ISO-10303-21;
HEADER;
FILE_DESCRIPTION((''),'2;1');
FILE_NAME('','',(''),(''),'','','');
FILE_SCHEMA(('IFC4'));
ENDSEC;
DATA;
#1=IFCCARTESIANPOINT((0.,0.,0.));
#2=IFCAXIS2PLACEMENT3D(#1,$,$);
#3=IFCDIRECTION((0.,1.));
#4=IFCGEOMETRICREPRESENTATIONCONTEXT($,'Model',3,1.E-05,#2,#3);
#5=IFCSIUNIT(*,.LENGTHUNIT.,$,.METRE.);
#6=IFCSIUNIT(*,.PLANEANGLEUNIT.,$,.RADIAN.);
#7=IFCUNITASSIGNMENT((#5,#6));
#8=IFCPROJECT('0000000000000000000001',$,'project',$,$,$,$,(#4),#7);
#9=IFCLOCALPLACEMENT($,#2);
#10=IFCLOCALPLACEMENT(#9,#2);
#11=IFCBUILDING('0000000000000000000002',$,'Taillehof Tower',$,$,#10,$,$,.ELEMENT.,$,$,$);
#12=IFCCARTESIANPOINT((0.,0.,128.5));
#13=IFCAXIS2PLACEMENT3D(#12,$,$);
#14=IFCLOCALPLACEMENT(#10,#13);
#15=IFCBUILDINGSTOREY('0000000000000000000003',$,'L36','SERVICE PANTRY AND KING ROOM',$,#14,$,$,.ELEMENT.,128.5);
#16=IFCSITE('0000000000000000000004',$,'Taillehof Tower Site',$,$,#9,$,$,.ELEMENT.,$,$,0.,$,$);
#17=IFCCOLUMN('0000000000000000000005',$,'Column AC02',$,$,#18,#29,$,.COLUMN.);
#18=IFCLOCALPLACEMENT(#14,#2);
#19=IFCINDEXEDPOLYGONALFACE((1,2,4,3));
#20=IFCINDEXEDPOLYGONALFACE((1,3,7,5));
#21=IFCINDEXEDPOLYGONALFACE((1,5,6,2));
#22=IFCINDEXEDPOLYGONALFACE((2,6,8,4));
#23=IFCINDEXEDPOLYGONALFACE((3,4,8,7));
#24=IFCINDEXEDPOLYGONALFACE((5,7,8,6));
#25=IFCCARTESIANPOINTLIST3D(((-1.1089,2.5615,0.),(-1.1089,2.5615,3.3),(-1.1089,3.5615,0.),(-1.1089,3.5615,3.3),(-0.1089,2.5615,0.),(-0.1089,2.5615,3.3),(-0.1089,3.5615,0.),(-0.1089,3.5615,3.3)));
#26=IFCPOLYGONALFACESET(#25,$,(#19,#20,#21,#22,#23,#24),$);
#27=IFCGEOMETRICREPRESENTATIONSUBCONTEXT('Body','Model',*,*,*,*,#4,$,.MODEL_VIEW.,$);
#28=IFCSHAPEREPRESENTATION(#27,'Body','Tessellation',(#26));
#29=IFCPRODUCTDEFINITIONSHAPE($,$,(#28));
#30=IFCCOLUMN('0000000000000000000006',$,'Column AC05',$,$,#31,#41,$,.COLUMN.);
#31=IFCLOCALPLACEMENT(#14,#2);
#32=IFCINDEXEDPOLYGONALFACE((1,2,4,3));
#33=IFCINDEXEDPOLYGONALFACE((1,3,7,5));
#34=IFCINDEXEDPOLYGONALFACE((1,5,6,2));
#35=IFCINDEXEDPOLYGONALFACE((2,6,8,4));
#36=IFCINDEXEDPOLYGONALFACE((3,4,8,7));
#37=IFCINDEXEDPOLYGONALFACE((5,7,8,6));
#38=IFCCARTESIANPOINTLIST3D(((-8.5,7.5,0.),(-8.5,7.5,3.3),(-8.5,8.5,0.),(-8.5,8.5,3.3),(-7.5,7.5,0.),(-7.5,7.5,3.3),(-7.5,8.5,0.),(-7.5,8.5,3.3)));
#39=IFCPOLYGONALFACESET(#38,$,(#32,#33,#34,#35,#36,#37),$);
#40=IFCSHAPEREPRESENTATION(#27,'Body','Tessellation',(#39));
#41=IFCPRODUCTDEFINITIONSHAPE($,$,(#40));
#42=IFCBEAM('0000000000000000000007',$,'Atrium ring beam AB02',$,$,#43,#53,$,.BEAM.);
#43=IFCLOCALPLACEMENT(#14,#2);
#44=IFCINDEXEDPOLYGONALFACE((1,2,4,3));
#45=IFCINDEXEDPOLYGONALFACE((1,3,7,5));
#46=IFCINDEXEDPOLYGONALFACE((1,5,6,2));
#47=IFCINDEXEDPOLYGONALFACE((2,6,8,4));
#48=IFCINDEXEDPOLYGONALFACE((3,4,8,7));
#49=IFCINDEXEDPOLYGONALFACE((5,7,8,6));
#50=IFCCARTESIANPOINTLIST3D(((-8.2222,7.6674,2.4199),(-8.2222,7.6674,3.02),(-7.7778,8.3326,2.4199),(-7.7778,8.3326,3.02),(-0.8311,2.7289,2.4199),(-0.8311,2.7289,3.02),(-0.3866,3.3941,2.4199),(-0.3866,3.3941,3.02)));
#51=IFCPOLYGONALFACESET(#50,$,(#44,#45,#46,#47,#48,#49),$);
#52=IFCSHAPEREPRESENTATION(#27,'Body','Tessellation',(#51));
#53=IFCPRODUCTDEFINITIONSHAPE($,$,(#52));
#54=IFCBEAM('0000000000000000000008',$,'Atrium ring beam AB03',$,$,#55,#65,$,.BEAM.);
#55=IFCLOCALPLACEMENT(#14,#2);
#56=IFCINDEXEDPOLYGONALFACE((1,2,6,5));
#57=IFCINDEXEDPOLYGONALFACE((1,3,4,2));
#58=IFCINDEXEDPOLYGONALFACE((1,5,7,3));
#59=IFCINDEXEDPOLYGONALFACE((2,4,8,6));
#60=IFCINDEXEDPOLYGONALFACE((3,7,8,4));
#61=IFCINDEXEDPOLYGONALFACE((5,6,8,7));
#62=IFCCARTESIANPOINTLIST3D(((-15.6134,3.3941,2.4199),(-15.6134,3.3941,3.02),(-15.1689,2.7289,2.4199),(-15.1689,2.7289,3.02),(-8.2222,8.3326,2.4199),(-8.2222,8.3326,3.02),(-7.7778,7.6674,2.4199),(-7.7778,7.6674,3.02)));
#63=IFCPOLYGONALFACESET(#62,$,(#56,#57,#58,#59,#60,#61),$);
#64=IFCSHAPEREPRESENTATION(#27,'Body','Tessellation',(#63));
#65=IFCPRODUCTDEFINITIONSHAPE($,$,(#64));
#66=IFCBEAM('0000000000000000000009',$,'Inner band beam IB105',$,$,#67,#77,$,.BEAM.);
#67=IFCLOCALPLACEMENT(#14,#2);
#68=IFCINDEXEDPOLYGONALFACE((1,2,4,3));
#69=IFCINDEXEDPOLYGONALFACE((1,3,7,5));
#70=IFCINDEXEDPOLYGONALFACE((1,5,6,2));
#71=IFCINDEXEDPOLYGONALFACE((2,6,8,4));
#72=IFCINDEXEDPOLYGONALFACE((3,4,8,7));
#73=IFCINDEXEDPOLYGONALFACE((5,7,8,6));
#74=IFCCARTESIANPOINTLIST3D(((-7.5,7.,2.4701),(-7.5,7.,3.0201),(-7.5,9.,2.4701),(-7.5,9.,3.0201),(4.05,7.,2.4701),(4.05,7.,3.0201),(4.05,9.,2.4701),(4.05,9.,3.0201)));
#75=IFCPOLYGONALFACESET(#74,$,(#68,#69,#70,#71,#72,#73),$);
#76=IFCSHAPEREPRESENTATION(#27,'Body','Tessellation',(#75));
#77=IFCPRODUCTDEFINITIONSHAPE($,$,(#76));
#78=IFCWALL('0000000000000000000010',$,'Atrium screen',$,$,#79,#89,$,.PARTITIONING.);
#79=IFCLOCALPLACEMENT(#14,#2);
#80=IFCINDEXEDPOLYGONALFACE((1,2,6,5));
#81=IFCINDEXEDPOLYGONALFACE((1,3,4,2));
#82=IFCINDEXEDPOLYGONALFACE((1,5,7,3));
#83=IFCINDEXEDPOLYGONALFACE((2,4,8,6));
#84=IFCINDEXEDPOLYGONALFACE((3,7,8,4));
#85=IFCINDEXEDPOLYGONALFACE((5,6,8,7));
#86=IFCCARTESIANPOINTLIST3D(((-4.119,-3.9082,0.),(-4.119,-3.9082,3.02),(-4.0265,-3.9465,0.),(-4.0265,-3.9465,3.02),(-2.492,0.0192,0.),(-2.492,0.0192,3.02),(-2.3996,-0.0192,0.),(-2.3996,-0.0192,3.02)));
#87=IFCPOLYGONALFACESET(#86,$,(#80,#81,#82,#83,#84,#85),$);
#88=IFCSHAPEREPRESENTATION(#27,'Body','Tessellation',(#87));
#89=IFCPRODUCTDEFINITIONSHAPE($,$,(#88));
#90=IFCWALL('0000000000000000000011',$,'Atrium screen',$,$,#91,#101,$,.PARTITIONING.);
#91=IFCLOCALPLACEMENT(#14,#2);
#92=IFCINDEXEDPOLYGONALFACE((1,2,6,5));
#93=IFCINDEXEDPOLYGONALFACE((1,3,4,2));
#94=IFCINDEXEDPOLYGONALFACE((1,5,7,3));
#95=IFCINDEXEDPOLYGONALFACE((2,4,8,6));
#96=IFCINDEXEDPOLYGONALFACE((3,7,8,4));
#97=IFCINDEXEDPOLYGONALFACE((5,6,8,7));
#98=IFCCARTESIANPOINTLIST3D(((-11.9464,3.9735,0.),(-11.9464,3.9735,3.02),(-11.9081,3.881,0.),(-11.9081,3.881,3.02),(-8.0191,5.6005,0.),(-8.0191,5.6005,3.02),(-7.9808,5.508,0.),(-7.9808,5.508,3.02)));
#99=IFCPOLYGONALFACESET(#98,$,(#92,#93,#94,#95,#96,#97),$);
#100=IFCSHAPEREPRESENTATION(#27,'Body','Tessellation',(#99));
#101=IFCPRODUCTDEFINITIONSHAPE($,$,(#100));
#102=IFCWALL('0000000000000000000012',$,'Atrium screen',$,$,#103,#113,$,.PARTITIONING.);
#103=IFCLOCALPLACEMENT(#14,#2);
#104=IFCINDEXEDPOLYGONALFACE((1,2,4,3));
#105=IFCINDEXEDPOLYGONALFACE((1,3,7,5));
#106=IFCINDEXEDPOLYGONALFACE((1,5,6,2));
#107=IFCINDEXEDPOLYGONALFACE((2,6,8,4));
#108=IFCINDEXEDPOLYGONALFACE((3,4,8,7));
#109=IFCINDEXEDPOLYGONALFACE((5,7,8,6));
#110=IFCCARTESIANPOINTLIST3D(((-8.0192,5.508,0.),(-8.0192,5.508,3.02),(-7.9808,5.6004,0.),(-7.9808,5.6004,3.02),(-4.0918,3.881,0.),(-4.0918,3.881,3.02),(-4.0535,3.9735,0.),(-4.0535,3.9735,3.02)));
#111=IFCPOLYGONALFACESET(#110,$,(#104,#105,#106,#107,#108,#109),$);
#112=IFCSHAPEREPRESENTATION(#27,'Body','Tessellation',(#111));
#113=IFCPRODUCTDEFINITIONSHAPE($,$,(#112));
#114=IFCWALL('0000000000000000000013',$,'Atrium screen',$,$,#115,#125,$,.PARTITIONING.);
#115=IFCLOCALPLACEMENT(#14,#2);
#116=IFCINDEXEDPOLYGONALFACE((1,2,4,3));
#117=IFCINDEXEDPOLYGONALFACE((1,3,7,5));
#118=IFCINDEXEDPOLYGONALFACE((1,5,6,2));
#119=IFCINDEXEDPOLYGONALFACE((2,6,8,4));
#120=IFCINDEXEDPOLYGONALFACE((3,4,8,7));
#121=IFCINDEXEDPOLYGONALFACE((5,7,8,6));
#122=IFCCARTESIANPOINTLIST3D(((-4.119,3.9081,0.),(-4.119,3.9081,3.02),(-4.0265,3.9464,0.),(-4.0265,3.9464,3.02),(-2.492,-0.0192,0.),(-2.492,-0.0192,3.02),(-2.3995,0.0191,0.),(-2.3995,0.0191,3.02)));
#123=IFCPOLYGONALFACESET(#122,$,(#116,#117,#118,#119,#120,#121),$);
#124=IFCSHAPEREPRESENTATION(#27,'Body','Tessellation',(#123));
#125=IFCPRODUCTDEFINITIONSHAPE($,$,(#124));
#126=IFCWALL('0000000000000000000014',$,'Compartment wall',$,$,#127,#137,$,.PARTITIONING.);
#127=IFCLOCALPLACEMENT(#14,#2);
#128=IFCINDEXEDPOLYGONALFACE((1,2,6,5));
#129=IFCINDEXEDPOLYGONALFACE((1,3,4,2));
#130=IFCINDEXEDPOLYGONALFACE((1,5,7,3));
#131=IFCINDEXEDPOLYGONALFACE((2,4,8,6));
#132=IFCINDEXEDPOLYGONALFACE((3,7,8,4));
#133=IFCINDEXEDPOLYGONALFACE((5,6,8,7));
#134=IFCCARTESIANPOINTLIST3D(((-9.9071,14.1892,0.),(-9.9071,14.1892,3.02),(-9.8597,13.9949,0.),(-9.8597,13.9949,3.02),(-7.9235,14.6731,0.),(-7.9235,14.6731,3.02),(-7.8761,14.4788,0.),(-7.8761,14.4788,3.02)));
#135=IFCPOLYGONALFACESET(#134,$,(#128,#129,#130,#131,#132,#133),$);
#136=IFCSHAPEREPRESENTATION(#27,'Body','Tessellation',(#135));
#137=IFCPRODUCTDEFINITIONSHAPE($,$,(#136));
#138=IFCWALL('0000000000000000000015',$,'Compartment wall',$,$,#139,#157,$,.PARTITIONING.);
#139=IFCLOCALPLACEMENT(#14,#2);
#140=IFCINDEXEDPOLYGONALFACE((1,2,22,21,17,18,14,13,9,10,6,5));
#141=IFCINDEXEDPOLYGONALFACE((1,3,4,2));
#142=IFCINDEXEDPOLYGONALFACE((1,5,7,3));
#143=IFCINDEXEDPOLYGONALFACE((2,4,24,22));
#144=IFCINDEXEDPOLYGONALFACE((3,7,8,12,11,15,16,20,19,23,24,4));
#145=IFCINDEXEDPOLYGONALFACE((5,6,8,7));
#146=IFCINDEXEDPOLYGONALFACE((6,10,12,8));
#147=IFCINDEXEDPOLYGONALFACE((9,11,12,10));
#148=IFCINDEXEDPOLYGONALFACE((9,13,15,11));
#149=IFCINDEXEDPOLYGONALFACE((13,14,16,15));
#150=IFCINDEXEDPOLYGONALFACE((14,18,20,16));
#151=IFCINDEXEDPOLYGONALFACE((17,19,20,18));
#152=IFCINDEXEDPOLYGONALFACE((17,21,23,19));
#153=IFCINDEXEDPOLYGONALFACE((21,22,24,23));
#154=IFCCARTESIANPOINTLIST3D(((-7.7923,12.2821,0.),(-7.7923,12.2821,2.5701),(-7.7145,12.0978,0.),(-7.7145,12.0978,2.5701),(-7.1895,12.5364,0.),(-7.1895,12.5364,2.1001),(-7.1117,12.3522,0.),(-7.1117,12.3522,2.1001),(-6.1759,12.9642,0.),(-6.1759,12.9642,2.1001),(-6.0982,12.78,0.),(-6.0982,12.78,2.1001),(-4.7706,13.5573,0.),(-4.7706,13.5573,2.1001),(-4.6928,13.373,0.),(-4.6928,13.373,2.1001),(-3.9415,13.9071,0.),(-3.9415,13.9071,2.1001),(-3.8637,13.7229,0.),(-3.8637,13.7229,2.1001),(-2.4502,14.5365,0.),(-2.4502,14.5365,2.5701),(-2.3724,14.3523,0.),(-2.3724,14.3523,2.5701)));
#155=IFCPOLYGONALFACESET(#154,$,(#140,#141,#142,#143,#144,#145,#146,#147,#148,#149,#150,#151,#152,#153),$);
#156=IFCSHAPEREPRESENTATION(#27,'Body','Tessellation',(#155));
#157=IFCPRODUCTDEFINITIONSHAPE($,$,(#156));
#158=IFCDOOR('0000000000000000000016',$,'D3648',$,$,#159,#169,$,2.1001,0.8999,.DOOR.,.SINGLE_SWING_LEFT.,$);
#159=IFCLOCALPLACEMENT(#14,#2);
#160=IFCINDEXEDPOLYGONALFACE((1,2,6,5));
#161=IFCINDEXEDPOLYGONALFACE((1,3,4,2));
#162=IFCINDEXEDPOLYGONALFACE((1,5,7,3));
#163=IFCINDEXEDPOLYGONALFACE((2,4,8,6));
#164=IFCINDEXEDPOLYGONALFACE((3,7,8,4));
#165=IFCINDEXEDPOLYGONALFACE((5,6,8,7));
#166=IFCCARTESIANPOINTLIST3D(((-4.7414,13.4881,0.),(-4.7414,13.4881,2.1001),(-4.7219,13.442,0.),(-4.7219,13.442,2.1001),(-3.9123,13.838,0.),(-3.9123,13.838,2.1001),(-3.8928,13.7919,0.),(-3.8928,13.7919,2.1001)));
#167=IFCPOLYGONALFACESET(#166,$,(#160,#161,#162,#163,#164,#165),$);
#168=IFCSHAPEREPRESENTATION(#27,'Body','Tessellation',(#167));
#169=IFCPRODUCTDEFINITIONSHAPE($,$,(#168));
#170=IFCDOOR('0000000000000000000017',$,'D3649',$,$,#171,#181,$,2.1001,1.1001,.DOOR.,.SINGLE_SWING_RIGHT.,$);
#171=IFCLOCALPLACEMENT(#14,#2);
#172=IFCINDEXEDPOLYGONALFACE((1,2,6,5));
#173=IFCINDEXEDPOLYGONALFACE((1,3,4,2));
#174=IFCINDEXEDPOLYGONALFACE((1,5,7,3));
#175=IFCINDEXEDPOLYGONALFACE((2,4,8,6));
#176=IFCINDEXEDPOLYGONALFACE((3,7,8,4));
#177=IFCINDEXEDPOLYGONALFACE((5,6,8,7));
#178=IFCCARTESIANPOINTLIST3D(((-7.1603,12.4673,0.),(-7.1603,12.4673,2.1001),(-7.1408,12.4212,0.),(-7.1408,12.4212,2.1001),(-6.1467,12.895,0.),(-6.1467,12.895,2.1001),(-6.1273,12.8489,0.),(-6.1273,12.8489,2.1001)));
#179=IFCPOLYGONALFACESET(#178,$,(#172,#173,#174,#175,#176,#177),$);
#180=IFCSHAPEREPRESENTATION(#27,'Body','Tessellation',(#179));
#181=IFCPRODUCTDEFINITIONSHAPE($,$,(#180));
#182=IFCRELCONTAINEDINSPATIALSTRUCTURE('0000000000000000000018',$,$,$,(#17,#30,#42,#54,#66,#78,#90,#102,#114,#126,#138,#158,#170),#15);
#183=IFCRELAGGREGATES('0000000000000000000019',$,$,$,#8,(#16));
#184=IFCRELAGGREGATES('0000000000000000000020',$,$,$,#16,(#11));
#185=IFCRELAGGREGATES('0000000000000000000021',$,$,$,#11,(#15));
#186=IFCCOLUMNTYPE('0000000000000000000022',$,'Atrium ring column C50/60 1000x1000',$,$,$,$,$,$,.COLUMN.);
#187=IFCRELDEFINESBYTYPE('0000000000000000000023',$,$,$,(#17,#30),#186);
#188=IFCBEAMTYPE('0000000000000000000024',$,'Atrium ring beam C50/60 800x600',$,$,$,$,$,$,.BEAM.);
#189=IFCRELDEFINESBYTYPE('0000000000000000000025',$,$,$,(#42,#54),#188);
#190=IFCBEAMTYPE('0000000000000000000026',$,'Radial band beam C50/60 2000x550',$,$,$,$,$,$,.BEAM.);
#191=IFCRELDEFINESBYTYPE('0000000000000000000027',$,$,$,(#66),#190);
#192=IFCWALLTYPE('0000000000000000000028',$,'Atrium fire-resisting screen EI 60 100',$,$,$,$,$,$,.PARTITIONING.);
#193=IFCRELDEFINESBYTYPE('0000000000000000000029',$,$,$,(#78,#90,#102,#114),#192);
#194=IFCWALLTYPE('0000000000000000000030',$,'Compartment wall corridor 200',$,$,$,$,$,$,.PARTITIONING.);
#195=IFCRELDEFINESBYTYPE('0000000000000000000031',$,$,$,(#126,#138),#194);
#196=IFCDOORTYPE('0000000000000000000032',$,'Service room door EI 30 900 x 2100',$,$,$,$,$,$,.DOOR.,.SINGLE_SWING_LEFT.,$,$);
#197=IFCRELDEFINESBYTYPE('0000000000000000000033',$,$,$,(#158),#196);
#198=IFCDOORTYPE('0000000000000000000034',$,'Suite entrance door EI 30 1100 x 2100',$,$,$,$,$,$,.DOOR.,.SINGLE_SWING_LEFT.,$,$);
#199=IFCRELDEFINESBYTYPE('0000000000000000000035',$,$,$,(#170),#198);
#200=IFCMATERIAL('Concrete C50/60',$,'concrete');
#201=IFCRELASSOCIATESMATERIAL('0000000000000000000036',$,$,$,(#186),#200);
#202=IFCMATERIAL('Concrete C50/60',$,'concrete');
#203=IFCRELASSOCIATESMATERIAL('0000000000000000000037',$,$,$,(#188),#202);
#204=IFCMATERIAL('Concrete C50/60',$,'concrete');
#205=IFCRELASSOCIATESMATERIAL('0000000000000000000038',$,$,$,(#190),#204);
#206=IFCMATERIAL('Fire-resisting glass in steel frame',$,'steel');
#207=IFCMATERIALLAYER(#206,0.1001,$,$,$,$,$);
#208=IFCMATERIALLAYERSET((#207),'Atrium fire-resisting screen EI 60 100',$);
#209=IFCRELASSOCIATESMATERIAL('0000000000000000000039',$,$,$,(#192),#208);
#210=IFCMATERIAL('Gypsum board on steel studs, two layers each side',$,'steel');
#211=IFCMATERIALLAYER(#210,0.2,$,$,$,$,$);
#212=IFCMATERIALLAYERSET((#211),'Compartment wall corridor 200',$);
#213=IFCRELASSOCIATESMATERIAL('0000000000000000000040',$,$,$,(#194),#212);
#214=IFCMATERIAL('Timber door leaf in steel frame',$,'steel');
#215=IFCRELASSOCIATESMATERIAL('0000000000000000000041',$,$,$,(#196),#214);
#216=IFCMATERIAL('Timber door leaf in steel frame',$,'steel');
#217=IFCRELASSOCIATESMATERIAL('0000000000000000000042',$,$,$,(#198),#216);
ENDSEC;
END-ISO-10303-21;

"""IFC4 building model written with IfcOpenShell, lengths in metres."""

from ifc_helpers import new_model, si_unit, direction, frame, frame_2d, origin, origin_2d, place, context, subcontext, project, spatial, rectangle, extrude, material, layer, layer_set, material_profile, profile_set, type_object, element, fill, save


model = new_model("IFC4")

# Units and contexts
model_context = context("Model", 3, precision=1e-05, world=origin(), true_north=direction((0.0, 1.0)))
body_context = subcontext(model_context, "Body", "Model", "MODEL_VIEW")
ifc_project = project(units=[si_unit("LENGTHUNIT", "METRE"), si_unit("PLANEANGLEUNIT", "RADIAN")], contexts=[model_context])

# Site, building, storey
site_placement = place(None, origin())
site = spatial("IfcSite", under=ifc_project, at=site_placement, Name="Taillehof Tower Site", CompositionType="ELEMENT", RefElevation=0.0)
building_placement = place(site_placement, origin())
building = spatial("IfcBuilding", under=site, at=building_placement, Name="Taillehof Tower", CompositionType="ELEMENT")
storey_placement = place(building_placement, frame((0.0, 0.0, 128.5)))
storey = spatial("IfcBuildingStorey", under=building, at=storey_placement, Name="L36", Description="SERVICE PANTRY AND KING ROOM", CompositionType="ELEMENT", Elevation=128.5)

# Columns
ifc_material_1 = material(Name="Concrete C50/60", Category="concrete")
ifc_material_profile_1 = material_profile(ifc_material_1, rectangle(XDim=1.0, YDim=1.0, at=origin_2d()), Name="RC 1000x1000")
ifc_profile_set_1 = profile_set([ifc_material_profile_1], Name="Concrete C50/60")
column_type = type_object("IfcColumnType", Name="Atrium ring column C50/60 1000x1000", PredefinedType="COLUMN", material=ifc_profile_set_1)
for number, where, z_axis, x_axis, name in (
    (1, (-0.6089, 3.0615, 0.0), (0.0, 0.0, 1.0), (1.0, 0.0, 0.0), "Column AC02"),
    (2, (-8.0, 8.0, 0.0), (0.0, 0.0, 1.0), (1.0, 0.0, 0.0), "Column AC05"),
):
    element("IfcColumn", number, at=place(storey_placement, frame(where, z_axis=z_axis, x_axis=x_axis)), inside=storey, type_object=column_type, Name=name, PredefinedType="COLUMN", context=body_context, shape_type="SweptSolid", body=[
        extrude(rectangle(XDim=1.0, YDim=1.0, at=origin_2d()), origin(), (0.0, 0.0, 1.0), 3.3),
    ])

# Beams
ifc_material_2 = material(Name="Concrete C50/60", Category="concrete")
ifc_material_profile_2 = material_profile(ifc_material_2, rectangle(XDim=0.8, YDim=0.6001, at=origin_2d()), Name="RC 800x600")
ifc_profile_set_2 = profile_set([ifc_material_profile_2], Name="Concrete C50/60")
beam_type_1 = type_object("IfcBeamType", Name="Atrium ring beam C50/60 800x600", PredefinedType="BEAM", material=ifc_profile_set_2)
for number, where, z_axis, x_axis, name in (
    (3, (-0.6089, 3.0615, 2.72), (-0.831475, 0.555562, 0.0), (-0.555562, -0.831475, 0.0), "Atrium ring beam AB02"),
    (4, (-8.0, 8.0, 2.72), (-0.831475, -0.555562, 0.0), (0.555562, -0.831475, 0.0), "Atrium ring beam AB03"),
):
    element("IfcBeam", number, at=place(storey_placement, frame(where, z_axis=z_axis, x_axis=x_axis)), inside=storey, type_object=beam_type_1, Name=name, PredefinedType="BEAM", context=body_context, shape_type="SweptSolid", body=[
        extrude(rectangle(XDim=0.8, YDim=0.6001, at=origin_2d()), origin(), (0.0, 0.0, 1.0), 8.8892),
    ])
ifc_material_3 = material(Name="Concrete C50/60", Category="concrete")
ifc_material_profile_3 = material_profile(ifc_material_3, rectangle(XDim=2.0, YDim=0.55, at=origin_2d()), Name="RC 2000x550")
ifc_profile_set_3 = profile_set([ifc_material_profile_3], Name="Concrete C50/60")
beam_type_2 = type_object("IfcBeamType", Name="Radial band beam C50/60 2000x550", PredefinedType="BEAM", material=ifc_profile_set_3)
beam_placement = place(storey_placement, frame((-7.5, 8.0, 2.7451), z_axis=(1.0, 0.0, 0.0), x_axis=(0.0, 1.0, 0.0)))
element("IfcBeam", 5, at=beam_placement, inside=storey, type_object=beam_type_2, Name="Inner band beam IB105", PredefinedType="BEAM", context=body_context, shape_type="SweptSolid", body=[
    extrude(rectangle(XDim=2.0, YDim=0.55, at=origin_2d()), origin(), (0.0, 0.0, 1.0), 11.55),
])

# Walls
ifc_material_4 = material(Name="Fire-resisting glass in steel frame", Category="steel")
ifc_layer_1 = layer(ifc_material_4, 0.1001)
ifc_layer_set_1 = layer_set([ifc_layer_1], Name="Atrium fire-resisting screen EI 60 100")
wall_type_1 = type_object("IfcWallType", Name="Atrium fire-resisting screen EI 60 100", PredefinedType="PARTITIONING", material=ifc_layer_set_1)
for number, where, z_axis, x_axis, name in (
    (6, (-2.4458, 0.0, 0.0), (0.0, 0.0, 1.0), (-0.382731, -0.92386, 0.0), "Atrium screen"),
    (7, (-11.9272, 3.9272, 0.0), (0.0, 0.0, 1.0), (0.92386, 0.382731, 0.0), "Atrium screen"),
    (8, (-8.0, 5.5542, 0.0), (0.0, 0.0, 1.0), (0.92386, -0.382731, 0.0), "Atrium screen"),
    (9, (-4.0728, 3.9272, 0.0), (0.0, 0.0, 1.0), (0.382731, -0.92386, 0.0), "Atrium screen"),
):
    element("IfcWall", number, at=place(storey_placement, frame(where, z_axis=z_axis, x_axis=x_axis)), inside=storey, type_object=wall_type_1, Name=name, PredefinedType="PARTITIONING", context=body_context, shape_type="SweptSolid", body=[
        extrude(rectangle(XDim=4.251, YDim=0.1001, at=frame_2d((2.1255, 0.0))), origin(), (0.0, 0.0, 1.0), 3.02),
    ])
ifc_material_5 = material(Name="Gypsum board on steel studs, two layers each side", Category="steel")
ifc_layer_2 = layer(ifc_material_5, 0.2)
ifc_layer_set_2 = layer_set([ifc_layer_2], Name="Compartment wall corridor 200")
wall_type_2 = type_object("IfcWallType", Name="Compartment wall corridor 200", PredefinedType="PARTITIONING", material=ifc_layer_set_2)
wall_1_placement = place(storey_placement, frame((-9.8835, 14.092, 0.0), z_axis=(0.0, 0.0, 1.0), x_axis=(0.971512, 0.236989, 0.0)))
element("IfcWall", 10, at=wall_1_placement, inside=storey, type_object=wall_type_2, Name="Compartment wall", PredefinedType="PARTITIONING", context=body_context, shape_type="SweptSolid", body=[
    extrude(rectangle(XDim=2.0417, YDim=0.2, at=frame_2d((1.021, 0.0))), origin(), (0.0, 0.0, 1.0), 3.02),
])

# Wall, openings, doors
wall_2_placement = place(storey_placement, frame((-7.7534, 12.1899, 0.0), z_axis=(0.0, 0.0, 1.0), x_axis=(0.92132, 0.388806, 0.0)))
wall_2 = element("IfcWall", 11, at=wall_2_placement, inside=storey, type_object=wall_type_2, Name="Compartment wall", PredefinedType="PARTITIONING", context=body_context, shape_type="SweptSolid", body=[
    extrude(rectangle(XDim=5.7983, YDim=0.2, at=frame_2d((2.8992, 0.0))), origin(), (0.0, 0.0, 1.0), 2.5701),
])
opening_1_placement = place(wall_2_placement, frame((3.2798, 0.0, 0.0)))
opening_1 = element("IfcOpeningElement", 12, at=opening_1_placement, cuts=wall_2, PredefinedType="OPENING", context=body_context, shape_type="SweptSolid", body=[
    extrude(rectangle(XDim=0.8999, YDim=2.1001, at=frame_2d((0.45, 1.05))), frame((0.0, 0.1099, 0.0), z_axis=(0.0, -1.0, 0.0), x_axis=(1.0, 0.0, 0.0)), (0.0, 0.0, 1.0), 0.22),
])
opening_2_placement = place(wall_2_placement, frame((0.6543, 0.0, 0.0)))
opening_2 = element("IfcOpeningElement", 13, at=opening_2_placement, cuts=wall_2, PredefinedType="OPENING", context=body_context, shape_type="SweptSolid", body=[
    extrude(rectangle(XDim=1.1001, YDim=2.1001, at=frame_2d((0.55, 1.05))), frame((0.0, 0.1099, 0.0), z_axis=(0.0, -1.0, 0.0), x_axis=(1.0, 0.0, 0.0)), (0.0, 0.0, 1.0), 0.22),
])
ifc_material_6 = material(Name="Timber door leaf in steel frame", Category="steel")
door_type_1 = type_object("IfcDoorType", Name="Service room door EI 30 900 x 2100", OperationType="SINGLE_SWING_LEFT", PredefinedType="DOOR", material=ifc_material_6)
door_1_placement = place(opening_1_placement, origin())
door_1 = element("IfcDoor", 14, at=door_1_placement, inside=storey, type_object=door_type_1, Name="D3648", OperationType="SINGLE_SWING_LEFT", OverallHeight=2.1001, OverallWidth=0.8999, PredefinedType="DOOR", context=body_context, shape_type="SweptSolid", body=[
    extrude(rectangle(XDim=0.8999, YDim=2.1001, at=frame_2d((0.45, 1.05))), frame((0.0, 0.0249, 0.0), z_axis=(0.0, -1.0, 0.0), x_axis=(1.0, 0.0, 0.0)), (0.0, 0.0, 1.0), 0.05),
])
fill(opening_1, door_1)
ifc_material_7 = material(Name="Timber door leaf in steel frame", Category="steel")
door_type_2 = type_object("IfcDoorType", Name="Suite entrance door EI 30 1100 x 2100", OperationType="SINGLE_SWING_LEFT", PredefinedType="DOOR", material=ifc_material_7)
door_2_placement = place(opening_2_placement, origin())
door_2 = element("IfcDoor", 15, at=door_2_placement, inside=storey, type_object=door_type_2, Name="D3649", OperationType="SINGLE_SWING_RIGHT", OverallHeight=2.1001, OverallWidth=1.1001, PredefinedType="DOOR", context=body_context, shape_type="SweptSolid", body=[
    extrude(rectangle(XDim=1.1001, YDim=2.1001, at=frame_2d((0.55, 1.05))), frame((0.0, 0.0249, 0.0), z_axis=(0.0, -1.0, 0.0), x_axis=(1.0, 0.0, 0.0)), (0.0, 0.0, 1.0), 0.05),
])
fill(opening_2, door_2)

save(model, "model.ifc")
